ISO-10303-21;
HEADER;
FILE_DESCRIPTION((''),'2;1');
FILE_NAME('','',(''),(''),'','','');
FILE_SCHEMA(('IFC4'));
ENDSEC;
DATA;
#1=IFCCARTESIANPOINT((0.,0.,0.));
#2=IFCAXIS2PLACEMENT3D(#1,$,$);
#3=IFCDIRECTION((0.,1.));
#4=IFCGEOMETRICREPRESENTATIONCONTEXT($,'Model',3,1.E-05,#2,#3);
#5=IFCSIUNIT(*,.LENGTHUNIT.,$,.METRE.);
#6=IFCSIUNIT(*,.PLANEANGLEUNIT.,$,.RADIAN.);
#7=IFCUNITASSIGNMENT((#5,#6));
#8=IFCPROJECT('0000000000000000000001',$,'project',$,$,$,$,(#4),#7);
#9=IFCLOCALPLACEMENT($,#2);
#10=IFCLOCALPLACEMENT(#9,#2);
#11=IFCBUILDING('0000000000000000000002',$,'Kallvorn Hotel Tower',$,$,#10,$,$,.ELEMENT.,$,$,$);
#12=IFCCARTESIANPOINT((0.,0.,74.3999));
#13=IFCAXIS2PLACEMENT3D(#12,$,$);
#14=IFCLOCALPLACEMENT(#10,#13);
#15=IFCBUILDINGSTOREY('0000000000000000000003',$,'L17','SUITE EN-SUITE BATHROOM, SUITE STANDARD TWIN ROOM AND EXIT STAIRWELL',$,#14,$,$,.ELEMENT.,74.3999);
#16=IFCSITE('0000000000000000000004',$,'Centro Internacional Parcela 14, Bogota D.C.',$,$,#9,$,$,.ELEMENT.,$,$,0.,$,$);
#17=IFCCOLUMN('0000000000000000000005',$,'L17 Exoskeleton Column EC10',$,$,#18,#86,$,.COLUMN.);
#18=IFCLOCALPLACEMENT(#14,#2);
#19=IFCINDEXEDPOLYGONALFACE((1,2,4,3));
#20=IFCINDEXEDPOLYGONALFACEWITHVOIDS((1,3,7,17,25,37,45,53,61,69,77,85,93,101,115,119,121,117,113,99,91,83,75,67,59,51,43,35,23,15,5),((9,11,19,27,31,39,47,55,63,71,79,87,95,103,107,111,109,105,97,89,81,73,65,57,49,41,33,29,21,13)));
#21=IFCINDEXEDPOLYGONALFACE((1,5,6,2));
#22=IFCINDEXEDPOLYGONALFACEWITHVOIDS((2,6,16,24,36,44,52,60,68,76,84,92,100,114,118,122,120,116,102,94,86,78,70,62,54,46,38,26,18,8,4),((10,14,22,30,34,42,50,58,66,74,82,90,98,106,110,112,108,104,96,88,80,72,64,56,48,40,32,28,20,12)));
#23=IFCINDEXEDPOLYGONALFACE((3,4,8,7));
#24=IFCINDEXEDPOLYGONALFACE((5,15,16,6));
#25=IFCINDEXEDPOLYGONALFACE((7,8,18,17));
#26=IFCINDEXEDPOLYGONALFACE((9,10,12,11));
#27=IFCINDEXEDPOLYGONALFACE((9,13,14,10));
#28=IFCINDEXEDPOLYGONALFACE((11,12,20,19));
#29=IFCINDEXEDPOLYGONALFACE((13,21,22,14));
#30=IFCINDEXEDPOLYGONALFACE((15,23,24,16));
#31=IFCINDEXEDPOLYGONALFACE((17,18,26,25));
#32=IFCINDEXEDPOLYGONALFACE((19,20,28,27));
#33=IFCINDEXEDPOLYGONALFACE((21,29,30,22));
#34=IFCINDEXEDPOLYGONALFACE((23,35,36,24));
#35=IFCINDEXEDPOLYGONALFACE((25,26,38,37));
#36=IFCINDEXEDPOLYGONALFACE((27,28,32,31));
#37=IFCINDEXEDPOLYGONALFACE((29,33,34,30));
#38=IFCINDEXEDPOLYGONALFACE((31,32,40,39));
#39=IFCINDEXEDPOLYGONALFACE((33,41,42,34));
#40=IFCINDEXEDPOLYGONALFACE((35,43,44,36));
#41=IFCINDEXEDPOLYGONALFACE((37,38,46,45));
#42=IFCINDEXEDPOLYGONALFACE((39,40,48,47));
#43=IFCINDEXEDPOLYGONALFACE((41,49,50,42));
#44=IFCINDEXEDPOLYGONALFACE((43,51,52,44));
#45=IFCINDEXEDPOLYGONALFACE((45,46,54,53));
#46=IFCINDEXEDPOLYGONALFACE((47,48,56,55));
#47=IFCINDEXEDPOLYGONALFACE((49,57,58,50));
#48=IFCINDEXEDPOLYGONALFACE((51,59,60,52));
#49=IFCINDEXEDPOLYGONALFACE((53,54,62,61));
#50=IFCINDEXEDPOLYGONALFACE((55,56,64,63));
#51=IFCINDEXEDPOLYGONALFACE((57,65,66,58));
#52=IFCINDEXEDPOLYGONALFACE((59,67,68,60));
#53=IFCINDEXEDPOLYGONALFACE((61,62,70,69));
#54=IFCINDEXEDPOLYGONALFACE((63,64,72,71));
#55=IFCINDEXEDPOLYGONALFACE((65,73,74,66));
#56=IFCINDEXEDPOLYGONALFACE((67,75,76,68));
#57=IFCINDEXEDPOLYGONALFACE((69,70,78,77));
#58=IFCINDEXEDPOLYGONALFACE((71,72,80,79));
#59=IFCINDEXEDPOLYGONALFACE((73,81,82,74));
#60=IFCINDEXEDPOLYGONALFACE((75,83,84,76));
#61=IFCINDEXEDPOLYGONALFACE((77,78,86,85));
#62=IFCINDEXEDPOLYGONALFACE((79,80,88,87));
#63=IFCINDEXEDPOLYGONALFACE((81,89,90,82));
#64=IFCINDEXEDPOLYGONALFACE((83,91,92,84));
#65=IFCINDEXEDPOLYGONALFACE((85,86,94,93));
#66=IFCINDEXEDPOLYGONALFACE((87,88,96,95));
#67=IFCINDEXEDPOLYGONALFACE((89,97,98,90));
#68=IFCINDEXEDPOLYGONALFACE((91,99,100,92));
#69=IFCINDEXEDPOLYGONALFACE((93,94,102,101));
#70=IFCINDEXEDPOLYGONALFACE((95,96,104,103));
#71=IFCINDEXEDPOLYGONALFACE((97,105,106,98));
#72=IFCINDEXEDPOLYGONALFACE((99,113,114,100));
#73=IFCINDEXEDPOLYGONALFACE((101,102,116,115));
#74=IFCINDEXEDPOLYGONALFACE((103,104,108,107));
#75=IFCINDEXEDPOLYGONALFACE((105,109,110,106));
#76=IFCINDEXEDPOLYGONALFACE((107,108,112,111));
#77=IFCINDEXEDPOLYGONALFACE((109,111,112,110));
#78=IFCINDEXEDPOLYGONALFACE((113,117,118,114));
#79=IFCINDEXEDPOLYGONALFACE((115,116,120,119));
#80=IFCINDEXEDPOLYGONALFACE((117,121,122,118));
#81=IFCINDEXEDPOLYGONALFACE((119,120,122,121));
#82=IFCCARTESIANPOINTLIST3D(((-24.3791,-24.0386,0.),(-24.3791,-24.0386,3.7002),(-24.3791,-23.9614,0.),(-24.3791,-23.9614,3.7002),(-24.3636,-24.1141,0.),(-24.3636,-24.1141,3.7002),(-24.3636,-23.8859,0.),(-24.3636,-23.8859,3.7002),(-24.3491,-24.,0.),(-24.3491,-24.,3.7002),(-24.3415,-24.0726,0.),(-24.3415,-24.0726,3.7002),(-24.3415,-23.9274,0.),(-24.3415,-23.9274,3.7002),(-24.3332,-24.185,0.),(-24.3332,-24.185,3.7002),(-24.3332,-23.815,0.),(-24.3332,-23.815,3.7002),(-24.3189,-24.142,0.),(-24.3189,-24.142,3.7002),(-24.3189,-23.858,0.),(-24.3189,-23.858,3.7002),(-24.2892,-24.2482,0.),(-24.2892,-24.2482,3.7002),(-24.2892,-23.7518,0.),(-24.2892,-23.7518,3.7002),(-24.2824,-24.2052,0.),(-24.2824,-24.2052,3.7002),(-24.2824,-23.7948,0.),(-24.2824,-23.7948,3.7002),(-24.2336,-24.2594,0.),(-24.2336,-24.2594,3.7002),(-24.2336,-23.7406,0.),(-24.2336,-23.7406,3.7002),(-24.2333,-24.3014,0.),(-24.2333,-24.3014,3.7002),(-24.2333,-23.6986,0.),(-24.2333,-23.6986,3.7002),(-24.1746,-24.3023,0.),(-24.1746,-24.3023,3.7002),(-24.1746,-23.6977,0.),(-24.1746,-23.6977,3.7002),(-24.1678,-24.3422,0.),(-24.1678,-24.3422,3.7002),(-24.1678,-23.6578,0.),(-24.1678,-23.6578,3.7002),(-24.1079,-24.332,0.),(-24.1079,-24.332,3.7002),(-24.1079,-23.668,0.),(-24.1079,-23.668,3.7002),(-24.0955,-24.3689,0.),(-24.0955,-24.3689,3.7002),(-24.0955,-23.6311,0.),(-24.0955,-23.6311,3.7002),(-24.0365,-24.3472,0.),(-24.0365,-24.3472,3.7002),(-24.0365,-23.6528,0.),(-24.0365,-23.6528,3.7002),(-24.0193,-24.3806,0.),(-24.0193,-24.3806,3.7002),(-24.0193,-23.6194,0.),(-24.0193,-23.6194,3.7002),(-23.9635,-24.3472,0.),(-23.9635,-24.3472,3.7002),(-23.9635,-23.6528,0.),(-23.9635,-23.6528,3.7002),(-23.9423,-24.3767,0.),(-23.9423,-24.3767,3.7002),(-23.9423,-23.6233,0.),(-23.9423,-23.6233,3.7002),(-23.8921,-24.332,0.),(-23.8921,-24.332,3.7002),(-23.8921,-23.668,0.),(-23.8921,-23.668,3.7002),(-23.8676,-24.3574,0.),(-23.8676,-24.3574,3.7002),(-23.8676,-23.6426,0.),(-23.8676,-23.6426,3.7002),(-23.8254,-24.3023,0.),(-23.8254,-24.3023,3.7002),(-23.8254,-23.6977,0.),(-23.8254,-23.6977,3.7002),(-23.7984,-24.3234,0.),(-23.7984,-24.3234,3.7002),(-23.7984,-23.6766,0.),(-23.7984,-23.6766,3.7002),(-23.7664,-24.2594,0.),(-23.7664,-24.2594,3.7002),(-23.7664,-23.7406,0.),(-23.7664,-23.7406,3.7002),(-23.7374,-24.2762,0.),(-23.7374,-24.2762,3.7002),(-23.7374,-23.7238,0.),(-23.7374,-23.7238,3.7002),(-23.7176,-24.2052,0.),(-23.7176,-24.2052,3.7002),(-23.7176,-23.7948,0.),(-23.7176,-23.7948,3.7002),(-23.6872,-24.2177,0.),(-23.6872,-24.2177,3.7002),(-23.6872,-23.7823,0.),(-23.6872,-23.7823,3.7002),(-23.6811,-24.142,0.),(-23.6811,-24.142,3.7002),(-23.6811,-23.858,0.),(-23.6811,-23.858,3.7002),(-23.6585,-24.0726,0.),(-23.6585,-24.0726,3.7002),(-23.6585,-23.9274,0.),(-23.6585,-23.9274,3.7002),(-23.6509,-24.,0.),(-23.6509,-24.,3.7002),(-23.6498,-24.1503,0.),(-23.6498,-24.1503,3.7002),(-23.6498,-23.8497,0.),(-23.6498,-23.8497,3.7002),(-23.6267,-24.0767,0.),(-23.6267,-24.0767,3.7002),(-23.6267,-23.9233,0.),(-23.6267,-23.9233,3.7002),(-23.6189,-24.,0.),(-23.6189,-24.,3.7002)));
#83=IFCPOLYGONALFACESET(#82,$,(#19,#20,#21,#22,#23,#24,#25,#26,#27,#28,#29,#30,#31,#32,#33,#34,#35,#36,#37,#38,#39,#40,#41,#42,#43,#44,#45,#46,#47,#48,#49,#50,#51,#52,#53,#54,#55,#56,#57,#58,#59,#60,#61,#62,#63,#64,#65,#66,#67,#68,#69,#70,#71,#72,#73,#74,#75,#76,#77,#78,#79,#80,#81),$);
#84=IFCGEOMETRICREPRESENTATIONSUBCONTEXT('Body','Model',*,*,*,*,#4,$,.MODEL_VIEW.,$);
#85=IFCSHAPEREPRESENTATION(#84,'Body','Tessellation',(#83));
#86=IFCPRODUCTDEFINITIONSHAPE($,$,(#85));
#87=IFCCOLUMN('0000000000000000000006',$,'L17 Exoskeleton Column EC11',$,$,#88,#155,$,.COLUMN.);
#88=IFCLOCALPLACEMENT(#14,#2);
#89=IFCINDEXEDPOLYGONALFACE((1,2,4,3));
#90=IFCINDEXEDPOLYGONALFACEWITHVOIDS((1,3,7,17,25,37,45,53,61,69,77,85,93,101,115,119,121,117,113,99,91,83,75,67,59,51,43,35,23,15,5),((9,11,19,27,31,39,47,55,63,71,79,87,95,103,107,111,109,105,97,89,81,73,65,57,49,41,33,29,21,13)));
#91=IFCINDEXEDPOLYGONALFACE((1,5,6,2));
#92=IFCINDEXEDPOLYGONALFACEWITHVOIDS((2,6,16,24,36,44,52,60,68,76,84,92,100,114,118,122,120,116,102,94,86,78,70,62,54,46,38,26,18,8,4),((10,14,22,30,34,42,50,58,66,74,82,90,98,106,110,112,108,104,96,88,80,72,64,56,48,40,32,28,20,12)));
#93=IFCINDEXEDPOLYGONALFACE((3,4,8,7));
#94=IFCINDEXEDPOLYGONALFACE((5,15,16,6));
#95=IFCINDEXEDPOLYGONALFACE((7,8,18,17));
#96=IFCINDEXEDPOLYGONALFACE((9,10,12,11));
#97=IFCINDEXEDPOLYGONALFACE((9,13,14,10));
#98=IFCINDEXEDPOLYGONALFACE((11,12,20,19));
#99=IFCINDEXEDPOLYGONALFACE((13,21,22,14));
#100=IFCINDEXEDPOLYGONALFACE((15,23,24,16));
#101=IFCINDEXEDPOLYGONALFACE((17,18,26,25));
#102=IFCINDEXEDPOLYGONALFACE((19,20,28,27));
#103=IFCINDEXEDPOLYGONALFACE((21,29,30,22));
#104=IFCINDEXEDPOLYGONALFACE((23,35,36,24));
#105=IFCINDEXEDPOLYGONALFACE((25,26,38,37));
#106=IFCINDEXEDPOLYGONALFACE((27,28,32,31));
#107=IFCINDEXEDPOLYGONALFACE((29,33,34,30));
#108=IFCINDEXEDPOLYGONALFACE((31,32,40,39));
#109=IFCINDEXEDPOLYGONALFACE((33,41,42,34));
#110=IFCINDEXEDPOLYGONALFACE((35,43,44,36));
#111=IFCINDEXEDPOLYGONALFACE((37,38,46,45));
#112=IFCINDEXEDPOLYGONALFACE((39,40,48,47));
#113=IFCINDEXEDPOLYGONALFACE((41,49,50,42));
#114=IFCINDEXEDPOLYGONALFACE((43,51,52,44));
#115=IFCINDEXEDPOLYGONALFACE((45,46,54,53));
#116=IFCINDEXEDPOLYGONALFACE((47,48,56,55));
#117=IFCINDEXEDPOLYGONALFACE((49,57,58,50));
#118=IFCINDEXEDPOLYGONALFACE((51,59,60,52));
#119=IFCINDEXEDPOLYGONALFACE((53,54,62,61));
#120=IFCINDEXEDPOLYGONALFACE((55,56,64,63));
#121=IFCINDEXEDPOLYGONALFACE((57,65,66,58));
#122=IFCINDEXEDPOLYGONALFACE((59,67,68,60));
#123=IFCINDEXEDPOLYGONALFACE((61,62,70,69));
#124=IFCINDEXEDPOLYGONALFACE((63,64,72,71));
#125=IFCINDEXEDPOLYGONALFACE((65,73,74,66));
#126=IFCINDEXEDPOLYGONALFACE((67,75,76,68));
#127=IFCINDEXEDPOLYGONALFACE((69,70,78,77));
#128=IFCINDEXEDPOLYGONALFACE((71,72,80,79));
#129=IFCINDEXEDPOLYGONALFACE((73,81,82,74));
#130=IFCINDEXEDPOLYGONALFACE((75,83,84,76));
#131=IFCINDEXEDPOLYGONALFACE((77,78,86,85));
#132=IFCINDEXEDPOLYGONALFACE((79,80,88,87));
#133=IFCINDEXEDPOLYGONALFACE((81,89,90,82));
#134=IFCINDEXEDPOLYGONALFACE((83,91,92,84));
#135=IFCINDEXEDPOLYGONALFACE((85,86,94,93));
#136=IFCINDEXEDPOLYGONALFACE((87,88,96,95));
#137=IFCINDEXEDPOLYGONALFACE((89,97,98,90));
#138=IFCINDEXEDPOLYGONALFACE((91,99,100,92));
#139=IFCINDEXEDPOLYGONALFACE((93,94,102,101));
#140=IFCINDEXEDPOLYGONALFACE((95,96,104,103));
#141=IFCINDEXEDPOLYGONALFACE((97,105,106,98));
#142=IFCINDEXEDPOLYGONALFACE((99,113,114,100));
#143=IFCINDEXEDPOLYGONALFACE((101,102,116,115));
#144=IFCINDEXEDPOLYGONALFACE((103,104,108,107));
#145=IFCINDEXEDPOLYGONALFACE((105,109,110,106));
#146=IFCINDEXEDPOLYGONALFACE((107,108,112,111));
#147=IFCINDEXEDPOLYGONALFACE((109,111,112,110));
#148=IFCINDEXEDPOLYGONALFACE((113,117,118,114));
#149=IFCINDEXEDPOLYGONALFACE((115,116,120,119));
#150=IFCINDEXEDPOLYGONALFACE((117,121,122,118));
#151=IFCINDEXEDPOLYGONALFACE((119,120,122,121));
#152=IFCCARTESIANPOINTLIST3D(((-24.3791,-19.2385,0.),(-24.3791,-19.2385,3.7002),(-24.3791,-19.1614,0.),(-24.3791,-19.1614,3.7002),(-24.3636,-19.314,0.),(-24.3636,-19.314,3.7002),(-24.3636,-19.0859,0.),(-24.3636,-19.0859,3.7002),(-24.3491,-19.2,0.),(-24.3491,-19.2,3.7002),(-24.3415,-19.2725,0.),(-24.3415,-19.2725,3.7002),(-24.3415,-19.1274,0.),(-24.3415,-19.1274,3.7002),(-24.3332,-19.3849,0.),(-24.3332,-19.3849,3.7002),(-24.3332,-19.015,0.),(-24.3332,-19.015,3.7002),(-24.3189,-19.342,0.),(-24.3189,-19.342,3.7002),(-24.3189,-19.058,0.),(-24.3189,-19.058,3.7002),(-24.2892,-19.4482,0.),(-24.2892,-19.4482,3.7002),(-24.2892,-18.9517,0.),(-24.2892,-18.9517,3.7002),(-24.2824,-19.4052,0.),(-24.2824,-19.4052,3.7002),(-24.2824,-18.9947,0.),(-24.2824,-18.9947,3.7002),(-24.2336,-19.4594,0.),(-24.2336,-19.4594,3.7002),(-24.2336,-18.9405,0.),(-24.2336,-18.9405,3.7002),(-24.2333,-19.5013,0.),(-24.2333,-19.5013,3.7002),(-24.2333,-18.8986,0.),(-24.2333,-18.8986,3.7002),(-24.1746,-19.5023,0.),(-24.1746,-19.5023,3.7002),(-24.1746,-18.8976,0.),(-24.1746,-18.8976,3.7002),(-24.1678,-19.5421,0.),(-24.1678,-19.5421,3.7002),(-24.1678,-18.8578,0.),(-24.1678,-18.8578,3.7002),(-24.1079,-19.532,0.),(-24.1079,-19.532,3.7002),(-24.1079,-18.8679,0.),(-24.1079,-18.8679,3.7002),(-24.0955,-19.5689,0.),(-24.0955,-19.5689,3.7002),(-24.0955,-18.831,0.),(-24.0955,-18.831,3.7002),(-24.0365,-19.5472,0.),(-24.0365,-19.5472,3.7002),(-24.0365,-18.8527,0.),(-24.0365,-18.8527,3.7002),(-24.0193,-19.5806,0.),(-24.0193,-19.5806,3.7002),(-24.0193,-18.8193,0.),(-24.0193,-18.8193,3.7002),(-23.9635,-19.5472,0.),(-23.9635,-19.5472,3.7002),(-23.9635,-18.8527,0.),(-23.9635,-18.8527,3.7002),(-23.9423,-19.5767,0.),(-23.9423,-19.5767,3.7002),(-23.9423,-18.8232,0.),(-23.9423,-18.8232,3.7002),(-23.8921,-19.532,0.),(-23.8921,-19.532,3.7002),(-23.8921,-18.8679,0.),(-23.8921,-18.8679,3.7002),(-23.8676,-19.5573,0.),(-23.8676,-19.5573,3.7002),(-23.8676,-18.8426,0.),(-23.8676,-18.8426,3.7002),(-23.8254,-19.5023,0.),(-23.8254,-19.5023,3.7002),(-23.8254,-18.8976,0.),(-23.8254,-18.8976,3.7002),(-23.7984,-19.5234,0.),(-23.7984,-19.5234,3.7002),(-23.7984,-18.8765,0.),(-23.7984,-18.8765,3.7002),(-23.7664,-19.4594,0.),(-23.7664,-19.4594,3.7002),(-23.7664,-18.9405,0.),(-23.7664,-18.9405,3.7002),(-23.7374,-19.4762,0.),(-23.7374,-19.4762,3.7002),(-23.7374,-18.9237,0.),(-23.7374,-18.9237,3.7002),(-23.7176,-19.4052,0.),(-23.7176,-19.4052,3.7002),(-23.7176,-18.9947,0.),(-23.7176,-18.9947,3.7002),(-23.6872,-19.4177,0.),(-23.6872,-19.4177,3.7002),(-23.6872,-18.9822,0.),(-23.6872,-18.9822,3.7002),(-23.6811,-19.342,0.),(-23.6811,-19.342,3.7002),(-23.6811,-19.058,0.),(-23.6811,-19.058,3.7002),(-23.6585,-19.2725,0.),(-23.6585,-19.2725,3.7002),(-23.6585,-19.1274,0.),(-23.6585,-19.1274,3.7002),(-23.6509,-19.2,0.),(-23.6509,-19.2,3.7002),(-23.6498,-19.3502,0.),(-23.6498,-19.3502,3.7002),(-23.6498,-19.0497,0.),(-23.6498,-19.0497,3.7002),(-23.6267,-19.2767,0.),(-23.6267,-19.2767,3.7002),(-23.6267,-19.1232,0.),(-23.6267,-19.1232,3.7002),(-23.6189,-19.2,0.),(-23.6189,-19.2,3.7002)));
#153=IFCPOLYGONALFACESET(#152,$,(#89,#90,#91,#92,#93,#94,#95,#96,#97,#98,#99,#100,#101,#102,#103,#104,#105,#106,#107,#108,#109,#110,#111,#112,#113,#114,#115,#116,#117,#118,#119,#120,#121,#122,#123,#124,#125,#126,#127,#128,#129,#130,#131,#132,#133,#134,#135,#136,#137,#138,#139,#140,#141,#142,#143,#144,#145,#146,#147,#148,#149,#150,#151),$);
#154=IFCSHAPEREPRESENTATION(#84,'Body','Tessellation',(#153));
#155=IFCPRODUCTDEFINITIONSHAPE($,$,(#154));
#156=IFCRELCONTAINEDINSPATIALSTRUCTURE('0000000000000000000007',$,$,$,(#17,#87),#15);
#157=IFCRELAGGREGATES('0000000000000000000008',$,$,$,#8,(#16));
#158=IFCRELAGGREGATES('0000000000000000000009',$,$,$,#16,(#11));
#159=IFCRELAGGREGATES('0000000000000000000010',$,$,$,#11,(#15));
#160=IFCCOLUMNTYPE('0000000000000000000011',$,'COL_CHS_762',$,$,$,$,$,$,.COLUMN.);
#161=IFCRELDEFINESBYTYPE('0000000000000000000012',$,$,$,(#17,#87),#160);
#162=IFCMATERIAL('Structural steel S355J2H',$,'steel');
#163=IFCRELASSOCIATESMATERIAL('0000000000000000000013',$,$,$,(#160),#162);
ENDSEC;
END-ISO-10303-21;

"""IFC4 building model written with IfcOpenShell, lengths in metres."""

from ifc_helpers import new_model, si_unit, direction, frame, origin, origin_2d, place, context, subcontext, project, spatial, hollow_circle, extrude, material, material_profile, profile_set, type_object, element, save


model = new_model("IFC4")

# Units and contexts
model_context = context("Model", 3, precision=1e-05, world=origin(), true_north=direction((0.0, 1.0)))
body_context = subcontext(model_context, "Body", "Model", "MODEL_VIEW")
ifc_project = project(units=[si_unit("LENGTHUNIT", "METRE"), si_unit("PLANEANGLEUNIT", "RADIAN")], contexts=[model_context])

# Site, building, storey
site_placement = place(None, origin())
site = spatial("IfcSite", under=ifc_project, at=site_placement, Name="Centro Internacional Parcela 14, Bogota D.C.", CompositionType="ELEMENT", RefElevation=0.0)
building_placement = place(site_placement, origin())
building = spatial("IfcBuilding", under=site, at=building_placement, Name="Kallvorn Hotel Tower", CompositionType="ELEMENT")
storey_placement = place(building_placement, frame((0.0, 0.0, 74.3999)))
storey = spatial("IfcBuildingStorey", under=building, at=storey_placement, Name="L17", Description="SUITE EN-SUITE BATHROOM, SUITE STANDARD TWIN ROOM AND EXIT STAIRWELL", CompositionType="ELEMENT", Elevation=74.3999)

# Columns
ifc_material_1 = material(Name="Structural steel S355J2H", Category="steel")
ifc_material_profile_1 = material_profile(ifc_material_1, hollow_circle(Radius=0.3811, WallThickness=0.032, at=origin_2d()), Name="CHS 762x32")
ifc_profile_set_1 = profile_set([ifc_material_profile_1], Name="Structural steel S355J2H")
column_type = type_object("IfcColumnType", Name="COL_CHS_762", PredefinedType="COLUMN", material=ifc_profile_set_1)
for number, where, z_axis, x_axis, name in (
    (1, (-24.0, -24.0, 0.0), (0.0, 0.0, 1.0), (1.0, 0.0, 0.0), "L17 Exoskeleton Column EC10"),
    (2, (-24.0, -19.2, 0.0), (0.0, 0.0, 1.0), (1.0, 0.0, 0.0), "L17 Exoskeleton Column EC11"),
):
    element("IfcColumn", number, at=place(storey_placement, frame(where, z_axis=z_axis, x_axis=x_axis)), inside=storey, type_object=column_type, Name=name, PredefinedType="COLUMN", context=body_context, shape_type="SweptSolid", body=[
        extrude(hollow_circle(Radius=0.3811, WallThickness=0.032, at=origin_2d()), origin(), (0.0, 0.0, 1.0), 3.7002),
    ])

save(model, "model.ifc")
